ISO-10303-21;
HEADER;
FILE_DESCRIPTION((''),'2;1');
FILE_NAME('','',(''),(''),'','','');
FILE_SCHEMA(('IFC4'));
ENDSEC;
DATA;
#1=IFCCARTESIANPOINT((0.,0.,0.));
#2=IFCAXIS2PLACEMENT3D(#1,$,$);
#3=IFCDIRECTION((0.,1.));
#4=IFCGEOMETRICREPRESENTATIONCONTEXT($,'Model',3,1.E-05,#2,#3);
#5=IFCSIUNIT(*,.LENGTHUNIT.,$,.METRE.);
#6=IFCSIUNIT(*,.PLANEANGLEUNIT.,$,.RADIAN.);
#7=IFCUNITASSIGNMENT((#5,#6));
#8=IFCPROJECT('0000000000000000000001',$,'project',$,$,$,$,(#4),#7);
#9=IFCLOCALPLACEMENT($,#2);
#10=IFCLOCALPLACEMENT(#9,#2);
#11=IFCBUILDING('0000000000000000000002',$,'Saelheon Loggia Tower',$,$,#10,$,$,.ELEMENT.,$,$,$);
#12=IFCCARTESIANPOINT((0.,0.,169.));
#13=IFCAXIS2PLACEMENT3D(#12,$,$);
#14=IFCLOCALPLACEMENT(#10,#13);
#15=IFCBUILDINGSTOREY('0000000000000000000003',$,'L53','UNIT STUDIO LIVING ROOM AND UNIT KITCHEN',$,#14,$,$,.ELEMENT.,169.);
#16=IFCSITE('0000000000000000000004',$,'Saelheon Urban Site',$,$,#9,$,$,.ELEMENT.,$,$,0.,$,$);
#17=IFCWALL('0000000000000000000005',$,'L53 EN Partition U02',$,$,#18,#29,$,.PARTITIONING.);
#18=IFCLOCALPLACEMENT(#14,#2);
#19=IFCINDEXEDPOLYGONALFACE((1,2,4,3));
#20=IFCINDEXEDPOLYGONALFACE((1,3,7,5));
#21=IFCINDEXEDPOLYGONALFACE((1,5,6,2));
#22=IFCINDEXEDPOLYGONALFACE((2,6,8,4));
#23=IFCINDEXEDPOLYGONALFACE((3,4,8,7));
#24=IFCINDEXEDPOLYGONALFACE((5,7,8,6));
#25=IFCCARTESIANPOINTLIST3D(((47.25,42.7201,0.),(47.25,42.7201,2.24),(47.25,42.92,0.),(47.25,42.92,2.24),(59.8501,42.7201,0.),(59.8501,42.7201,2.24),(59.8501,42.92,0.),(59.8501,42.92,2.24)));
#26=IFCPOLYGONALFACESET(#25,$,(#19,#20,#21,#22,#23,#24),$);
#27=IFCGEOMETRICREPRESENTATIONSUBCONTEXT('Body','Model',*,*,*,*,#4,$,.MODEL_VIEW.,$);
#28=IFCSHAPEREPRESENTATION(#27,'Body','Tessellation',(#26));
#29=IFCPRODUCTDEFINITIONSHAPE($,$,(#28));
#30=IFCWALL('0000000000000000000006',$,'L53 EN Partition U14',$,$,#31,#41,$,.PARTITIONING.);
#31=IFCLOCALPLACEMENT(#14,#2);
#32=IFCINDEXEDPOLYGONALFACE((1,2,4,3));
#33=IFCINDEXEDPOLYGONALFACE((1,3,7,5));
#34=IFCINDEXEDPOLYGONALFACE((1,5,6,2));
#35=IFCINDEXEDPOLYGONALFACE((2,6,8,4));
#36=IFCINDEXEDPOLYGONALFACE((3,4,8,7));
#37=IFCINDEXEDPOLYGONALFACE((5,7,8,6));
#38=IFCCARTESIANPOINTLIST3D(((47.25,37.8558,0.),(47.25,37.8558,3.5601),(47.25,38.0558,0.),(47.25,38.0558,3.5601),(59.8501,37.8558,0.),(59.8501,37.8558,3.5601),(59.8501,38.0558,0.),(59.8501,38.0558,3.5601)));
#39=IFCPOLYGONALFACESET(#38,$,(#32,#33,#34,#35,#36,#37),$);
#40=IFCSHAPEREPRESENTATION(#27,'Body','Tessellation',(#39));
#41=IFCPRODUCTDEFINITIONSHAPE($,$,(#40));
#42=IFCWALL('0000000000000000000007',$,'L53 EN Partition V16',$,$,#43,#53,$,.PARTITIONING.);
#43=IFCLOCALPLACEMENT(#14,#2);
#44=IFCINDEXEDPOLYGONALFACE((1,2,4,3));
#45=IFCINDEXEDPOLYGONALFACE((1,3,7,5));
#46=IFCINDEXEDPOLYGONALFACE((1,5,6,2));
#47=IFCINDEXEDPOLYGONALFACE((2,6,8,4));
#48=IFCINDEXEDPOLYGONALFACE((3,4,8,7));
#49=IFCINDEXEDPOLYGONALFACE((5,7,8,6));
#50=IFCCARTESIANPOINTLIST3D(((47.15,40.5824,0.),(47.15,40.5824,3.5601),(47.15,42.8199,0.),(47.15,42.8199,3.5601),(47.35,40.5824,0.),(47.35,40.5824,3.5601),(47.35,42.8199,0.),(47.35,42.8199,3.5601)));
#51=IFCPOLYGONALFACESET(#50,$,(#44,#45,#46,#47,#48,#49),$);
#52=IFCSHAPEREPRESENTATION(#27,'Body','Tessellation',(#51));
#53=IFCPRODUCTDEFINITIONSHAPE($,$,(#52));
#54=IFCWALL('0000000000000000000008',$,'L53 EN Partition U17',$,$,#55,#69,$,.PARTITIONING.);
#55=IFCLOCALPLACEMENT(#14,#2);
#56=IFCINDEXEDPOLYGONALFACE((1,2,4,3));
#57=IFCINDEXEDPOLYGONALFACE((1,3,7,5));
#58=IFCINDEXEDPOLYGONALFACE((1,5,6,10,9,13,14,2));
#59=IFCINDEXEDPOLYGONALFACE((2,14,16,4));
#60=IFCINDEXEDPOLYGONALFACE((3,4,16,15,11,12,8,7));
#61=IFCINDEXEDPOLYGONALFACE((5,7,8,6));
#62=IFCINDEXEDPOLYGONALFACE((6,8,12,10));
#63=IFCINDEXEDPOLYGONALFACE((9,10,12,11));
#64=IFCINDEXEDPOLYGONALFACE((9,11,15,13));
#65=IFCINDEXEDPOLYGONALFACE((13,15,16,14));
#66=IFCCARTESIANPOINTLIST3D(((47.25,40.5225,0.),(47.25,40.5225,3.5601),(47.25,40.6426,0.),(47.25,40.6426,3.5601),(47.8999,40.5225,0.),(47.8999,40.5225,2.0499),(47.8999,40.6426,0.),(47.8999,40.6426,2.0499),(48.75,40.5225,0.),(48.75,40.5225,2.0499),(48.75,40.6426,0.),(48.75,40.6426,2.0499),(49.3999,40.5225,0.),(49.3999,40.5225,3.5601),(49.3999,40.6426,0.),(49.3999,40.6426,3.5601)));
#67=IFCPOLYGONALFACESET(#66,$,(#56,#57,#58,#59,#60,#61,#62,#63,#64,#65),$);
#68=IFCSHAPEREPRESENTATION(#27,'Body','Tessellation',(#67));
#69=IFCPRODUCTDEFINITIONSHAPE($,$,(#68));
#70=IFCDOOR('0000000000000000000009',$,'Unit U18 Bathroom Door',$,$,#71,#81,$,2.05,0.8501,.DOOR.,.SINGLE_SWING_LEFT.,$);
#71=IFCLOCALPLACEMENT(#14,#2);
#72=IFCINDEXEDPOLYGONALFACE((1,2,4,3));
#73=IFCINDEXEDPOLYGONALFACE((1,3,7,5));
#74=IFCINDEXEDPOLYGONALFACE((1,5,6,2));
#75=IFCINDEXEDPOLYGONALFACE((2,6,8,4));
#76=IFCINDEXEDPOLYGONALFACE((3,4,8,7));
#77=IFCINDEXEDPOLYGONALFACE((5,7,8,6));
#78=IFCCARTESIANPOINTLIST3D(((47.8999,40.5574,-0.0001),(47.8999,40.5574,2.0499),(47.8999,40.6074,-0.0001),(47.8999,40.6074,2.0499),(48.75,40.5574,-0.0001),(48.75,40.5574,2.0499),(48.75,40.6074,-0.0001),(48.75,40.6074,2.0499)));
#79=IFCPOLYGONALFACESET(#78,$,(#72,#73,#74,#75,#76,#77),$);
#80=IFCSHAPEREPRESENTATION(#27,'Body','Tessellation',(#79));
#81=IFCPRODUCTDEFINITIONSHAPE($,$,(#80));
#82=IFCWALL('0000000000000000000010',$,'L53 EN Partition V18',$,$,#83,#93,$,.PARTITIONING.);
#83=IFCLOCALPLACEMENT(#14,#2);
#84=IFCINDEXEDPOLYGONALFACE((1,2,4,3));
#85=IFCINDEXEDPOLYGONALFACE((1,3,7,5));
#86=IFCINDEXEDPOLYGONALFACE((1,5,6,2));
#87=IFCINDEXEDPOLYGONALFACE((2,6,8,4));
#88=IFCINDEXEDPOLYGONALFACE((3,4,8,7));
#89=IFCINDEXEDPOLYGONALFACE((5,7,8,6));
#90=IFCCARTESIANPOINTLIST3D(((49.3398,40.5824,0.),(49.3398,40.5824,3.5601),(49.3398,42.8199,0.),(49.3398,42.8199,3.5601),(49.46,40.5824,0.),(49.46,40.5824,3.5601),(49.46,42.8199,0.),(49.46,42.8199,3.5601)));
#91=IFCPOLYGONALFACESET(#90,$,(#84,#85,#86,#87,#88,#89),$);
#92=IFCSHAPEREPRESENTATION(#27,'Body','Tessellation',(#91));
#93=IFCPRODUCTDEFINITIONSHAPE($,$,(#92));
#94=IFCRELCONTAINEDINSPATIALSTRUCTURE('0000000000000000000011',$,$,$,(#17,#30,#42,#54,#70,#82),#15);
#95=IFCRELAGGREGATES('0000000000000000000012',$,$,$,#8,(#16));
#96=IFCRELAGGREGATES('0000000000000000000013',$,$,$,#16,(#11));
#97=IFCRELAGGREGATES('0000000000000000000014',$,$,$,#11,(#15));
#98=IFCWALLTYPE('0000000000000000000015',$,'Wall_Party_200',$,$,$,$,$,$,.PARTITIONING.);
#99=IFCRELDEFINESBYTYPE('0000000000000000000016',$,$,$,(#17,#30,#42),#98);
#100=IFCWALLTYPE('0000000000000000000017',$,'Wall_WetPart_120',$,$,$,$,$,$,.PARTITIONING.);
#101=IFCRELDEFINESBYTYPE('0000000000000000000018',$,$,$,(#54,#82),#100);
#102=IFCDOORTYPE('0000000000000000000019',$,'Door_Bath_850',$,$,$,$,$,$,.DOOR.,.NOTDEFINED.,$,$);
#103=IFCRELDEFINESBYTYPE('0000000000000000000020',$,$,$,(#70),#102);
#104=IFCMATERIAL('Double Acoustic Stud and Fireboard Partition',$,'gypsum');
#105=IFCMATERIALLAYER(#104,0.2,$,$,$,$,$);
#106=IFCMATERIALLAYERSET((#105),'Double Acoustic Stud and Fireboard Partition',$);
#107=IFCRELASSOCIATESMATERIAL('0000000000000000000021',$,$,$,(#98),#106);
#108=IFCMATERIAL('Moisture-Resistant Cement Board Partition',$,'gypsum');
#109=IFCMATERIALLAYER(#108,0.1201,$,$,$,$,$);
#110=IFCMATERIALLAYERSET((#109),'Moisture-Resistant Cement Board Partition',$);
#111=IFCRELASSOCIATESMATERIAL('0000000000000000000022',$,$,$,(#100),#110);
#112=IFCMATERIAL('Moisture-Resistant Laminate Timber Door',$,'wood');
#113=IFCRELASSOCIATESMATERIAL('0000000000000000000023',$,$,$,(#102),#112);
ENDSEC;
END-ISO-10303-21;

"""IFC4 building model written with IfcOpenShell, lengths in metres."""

from ifc_helpers import new_model, si_unit, direction, frame, frame_2d, origin, place, context, subcontext, project, spatial, rectangle, extrude, source, transform, mapped, material, layer, layer_set, type_object, element, fill, save


model = new_model("IFC4")

# Units and contexts
model_context = context("Model", 3, precision=1e-05, world=origin(), true_north=direction((0.0, 1.0)))
body_context = subcontext(model_context, "Body", "Model", "MODEL_VIEW")
ifc_project = project(units=[si_unit("LENGTHUNIT", "METRE"), si_unit("PLANEANGLEUNIT", "RADIAN")], contexts=[model_context])

# Site, building, storey
site_placement = place(None, origin())
site = spatial("IfcSite", under=ifc_project, at=site_placement, Name="Saelheon Urban Site", CompositionType="ELEMENT", RefElevation=0.0)
building_placement = place(site_placement, origin())
building = spatial("IfcBuilding", under=site, at=building_placement, Name="Saelheon Loggia Tower", CompositionType="ELEMENT")
storey_placement = place(building_placement, frame((0.0, 0.0, 169.0)))
storey = spatial("IfcBuildingStorey", under=building, at=storey_placement, Name="L53", Description="UNIT STUDIO LIVING ROOM AND UNIT KITCHEN", CompositionType="ELEMENT", Elevation=169.0)

# Walls
ifc_material_1 = material(Name="Double Acoustic Stud and Fireboard Partition", Category="gypsum")
ifc_layer_1 = layer(ifc_material_1, 0.2)
ifc_layer_set_1 = layer_set([ifc_layer_1], Name="Double Acoustic Stud and Fireboard Partition")
wall_type_1 = type_object("IfcWallType", Name="Wall_Party_200", PredefinedType="PARTITIONING", material=ifc_layer_set_1)
wall_1_placement = place(storey_placement, frame((47.25, 42.8201, 0.0), z_axis=(0.0, 0.0, 1.0), x_axis=(1.0, 0.0, 0.0)))
element("IfcWall", 1, at=wall_1_placement, inside=storey, type_object=wall_type_1, Name="L53 EN Partition U02", PredefinedType="PARTITIONING", context=body_context, shape_type="SweptSolid", body=[
    extrude(rectangle(XDim=12.6001, YDim=0.2, at=frame_2d((6.3, 0.0))), origin(), (0.0, 0.0, 1.0), 2.24),
])
wall_2_placement = place(storey_placement, frame((47.25, 37.9558, 0.0), z_axis=(0.0, 0.0, 1.0), x_axis=(1.0, 0.0, 0.0)))
element("IfcWall", 2, at=wall_2_placement, inside=storey, type_object=wall_type_1, Name="L53 EN Partition U14", PredefinedType="PARTITIONING", context=body_context, shape_type="SweptSolid", body=[
    extrude(rectangle(XDim=12.6001, YDim=0.2, at=frame_2d((6.3, 0.0))), origin(), (0.0, 0.0, 1.0), 3.5601),
])

# Wall
wall_3_placement = place(storey_placement, frame((47.25, 40.5825, 0.0), z_axis=(0.0, 0.0, 1.0), x_axis=(0.0, 1.0, 0.0)))
element("IfcWall", 3, at=wall_3_placement, inside=storey, type_object=wall_type_1, Name="L53 EN Partition V16", PredefinedType="PARTITIONING", context=body_context, shape_type="SweptSolid", body=[
    extrude(rectangle(XDim=2.2375, YDim=0.2, at=frame_2d((1.1187, 0.0))), origin(), (0.0, 0.0, 1.0), 3.5601),
])

# Wall, opening, door
ifc_material_2 = material(Name="Moisture-Resistant Cement Board Partition", Category="gypsum")
ifc_layer_2 = layer(ifc_material_2, 0.1201)
ifc_layer_set_2 = layer_set([ifc_layer_2], Name="Moisture-Resistant Cement Board Partition")
wall_type_2 = type_object("IfcWallType", Name="Wall_WetPart_120", PredefinedType="PARTITIONING", material=ifc_layer_set_2)
wall_4_placement = place(storey_placement, frame((47.25, 40.5825, 0.0), z_axis=(0.0, 0.0, 1.0), x_axis=(1.0, 0.0, 0.0)))
wall_4 = element("IfcWall", 4, at=wall_4_placement, inside=storey, type_object=wall_type_2, Name="L53 EN Partition U17", PredefinedType="PARTITIONING", context=body_context, shape_type="SweptSolid", body=[
    extrude(rectangle(XDim=2.1499, YDim=0.1201, at=frame_2d((1.075, 0.0))), origin(), (0.0, 0.0, 1.0), 3.5601),
])
opening_1_placement = place(wall_4_placement, frame((0.6499, 0.0, 0.0)))
opening_1 = element("IfcOpeningElement", 5, at=opening_1_placement, cuts=wall_4, PredefinedType="OPENING", context=body_context, shape_type="SweptSolid", body=[
    extrude(rectangle(XDim=0.8501, YDim=2.05, at=frame_2d((0.425, 1.0249))), frame((0.0, 0.072, 0.0), z_axis=(0.0, -1.0, 0.0), x_axis=(1.0, 0.0, 0.0)), (0.0, 0.0, 1.0), 0.144),
])
ifc_material_3 = material(Name="Moisture-Resistant Laminate Timber Door", Category="wood")
door_type_1 = type_object("IfcDoorType", Name="Door_Bath_850", OperationType="NOTDEFINED", PredefinedType="DOOR", material=ifc_material_3)
shared_shape_1 = source(origin(), body_context, "Body", "SweptSolid", [
    extrude(rectangle(XDim=0.8501, YDim=2.05, at=frame_2d((0.425, 1.0249))), frame((0.0, 0.0249, 0.0), z_axis=(0.0, -1.0, 0.0), x_axis=(1.0, 0.0, 0.0)), (0.0, 0.0, 1.0), 0.05),
])
door_1_placement = place(opening_1_placement, origin())
door_1 = element("IfcDoor", 6, at=door_1_placement, inside=storey, type_object=door_type_1, Name="Unit U18 Bathroom Door", OperationType="SINGLE_SWING_LEFT", OverallHeight=2.05, OverallWidth=0.8501, PredefinedType="DOOR", context=body_context, shape_type="MappedRepresentation", body=[
    mapped(shared_shape_1, transform((0.0, 0.0, 0.0), scale=1.0)),
])
fill(opening_1, door_1)

# Wall
wall_5_placement = place(storey_placement, frame((49.3999, 40.5825, 0.0), z_axis=(0.0, 0.0, 1.0), x_axis=(0.0, 1.0, 0.0)))
element("IfcWall", 7, at=wall_5_placement, inside=storey, type_object=wall_type_2, Name="L53 EN Partition V18", PredefinedType="PARTITIONING", context=body_context, shape_type="SweptSolid", body=[
    extrude(rectangle(XDim=2.2375, YDim=0.1201, at=frame_2d((1.1187, 0.0))), origin(), (0.0, 0.0, 1.0), 3.5601),
])

save(model, "model.ifc")
